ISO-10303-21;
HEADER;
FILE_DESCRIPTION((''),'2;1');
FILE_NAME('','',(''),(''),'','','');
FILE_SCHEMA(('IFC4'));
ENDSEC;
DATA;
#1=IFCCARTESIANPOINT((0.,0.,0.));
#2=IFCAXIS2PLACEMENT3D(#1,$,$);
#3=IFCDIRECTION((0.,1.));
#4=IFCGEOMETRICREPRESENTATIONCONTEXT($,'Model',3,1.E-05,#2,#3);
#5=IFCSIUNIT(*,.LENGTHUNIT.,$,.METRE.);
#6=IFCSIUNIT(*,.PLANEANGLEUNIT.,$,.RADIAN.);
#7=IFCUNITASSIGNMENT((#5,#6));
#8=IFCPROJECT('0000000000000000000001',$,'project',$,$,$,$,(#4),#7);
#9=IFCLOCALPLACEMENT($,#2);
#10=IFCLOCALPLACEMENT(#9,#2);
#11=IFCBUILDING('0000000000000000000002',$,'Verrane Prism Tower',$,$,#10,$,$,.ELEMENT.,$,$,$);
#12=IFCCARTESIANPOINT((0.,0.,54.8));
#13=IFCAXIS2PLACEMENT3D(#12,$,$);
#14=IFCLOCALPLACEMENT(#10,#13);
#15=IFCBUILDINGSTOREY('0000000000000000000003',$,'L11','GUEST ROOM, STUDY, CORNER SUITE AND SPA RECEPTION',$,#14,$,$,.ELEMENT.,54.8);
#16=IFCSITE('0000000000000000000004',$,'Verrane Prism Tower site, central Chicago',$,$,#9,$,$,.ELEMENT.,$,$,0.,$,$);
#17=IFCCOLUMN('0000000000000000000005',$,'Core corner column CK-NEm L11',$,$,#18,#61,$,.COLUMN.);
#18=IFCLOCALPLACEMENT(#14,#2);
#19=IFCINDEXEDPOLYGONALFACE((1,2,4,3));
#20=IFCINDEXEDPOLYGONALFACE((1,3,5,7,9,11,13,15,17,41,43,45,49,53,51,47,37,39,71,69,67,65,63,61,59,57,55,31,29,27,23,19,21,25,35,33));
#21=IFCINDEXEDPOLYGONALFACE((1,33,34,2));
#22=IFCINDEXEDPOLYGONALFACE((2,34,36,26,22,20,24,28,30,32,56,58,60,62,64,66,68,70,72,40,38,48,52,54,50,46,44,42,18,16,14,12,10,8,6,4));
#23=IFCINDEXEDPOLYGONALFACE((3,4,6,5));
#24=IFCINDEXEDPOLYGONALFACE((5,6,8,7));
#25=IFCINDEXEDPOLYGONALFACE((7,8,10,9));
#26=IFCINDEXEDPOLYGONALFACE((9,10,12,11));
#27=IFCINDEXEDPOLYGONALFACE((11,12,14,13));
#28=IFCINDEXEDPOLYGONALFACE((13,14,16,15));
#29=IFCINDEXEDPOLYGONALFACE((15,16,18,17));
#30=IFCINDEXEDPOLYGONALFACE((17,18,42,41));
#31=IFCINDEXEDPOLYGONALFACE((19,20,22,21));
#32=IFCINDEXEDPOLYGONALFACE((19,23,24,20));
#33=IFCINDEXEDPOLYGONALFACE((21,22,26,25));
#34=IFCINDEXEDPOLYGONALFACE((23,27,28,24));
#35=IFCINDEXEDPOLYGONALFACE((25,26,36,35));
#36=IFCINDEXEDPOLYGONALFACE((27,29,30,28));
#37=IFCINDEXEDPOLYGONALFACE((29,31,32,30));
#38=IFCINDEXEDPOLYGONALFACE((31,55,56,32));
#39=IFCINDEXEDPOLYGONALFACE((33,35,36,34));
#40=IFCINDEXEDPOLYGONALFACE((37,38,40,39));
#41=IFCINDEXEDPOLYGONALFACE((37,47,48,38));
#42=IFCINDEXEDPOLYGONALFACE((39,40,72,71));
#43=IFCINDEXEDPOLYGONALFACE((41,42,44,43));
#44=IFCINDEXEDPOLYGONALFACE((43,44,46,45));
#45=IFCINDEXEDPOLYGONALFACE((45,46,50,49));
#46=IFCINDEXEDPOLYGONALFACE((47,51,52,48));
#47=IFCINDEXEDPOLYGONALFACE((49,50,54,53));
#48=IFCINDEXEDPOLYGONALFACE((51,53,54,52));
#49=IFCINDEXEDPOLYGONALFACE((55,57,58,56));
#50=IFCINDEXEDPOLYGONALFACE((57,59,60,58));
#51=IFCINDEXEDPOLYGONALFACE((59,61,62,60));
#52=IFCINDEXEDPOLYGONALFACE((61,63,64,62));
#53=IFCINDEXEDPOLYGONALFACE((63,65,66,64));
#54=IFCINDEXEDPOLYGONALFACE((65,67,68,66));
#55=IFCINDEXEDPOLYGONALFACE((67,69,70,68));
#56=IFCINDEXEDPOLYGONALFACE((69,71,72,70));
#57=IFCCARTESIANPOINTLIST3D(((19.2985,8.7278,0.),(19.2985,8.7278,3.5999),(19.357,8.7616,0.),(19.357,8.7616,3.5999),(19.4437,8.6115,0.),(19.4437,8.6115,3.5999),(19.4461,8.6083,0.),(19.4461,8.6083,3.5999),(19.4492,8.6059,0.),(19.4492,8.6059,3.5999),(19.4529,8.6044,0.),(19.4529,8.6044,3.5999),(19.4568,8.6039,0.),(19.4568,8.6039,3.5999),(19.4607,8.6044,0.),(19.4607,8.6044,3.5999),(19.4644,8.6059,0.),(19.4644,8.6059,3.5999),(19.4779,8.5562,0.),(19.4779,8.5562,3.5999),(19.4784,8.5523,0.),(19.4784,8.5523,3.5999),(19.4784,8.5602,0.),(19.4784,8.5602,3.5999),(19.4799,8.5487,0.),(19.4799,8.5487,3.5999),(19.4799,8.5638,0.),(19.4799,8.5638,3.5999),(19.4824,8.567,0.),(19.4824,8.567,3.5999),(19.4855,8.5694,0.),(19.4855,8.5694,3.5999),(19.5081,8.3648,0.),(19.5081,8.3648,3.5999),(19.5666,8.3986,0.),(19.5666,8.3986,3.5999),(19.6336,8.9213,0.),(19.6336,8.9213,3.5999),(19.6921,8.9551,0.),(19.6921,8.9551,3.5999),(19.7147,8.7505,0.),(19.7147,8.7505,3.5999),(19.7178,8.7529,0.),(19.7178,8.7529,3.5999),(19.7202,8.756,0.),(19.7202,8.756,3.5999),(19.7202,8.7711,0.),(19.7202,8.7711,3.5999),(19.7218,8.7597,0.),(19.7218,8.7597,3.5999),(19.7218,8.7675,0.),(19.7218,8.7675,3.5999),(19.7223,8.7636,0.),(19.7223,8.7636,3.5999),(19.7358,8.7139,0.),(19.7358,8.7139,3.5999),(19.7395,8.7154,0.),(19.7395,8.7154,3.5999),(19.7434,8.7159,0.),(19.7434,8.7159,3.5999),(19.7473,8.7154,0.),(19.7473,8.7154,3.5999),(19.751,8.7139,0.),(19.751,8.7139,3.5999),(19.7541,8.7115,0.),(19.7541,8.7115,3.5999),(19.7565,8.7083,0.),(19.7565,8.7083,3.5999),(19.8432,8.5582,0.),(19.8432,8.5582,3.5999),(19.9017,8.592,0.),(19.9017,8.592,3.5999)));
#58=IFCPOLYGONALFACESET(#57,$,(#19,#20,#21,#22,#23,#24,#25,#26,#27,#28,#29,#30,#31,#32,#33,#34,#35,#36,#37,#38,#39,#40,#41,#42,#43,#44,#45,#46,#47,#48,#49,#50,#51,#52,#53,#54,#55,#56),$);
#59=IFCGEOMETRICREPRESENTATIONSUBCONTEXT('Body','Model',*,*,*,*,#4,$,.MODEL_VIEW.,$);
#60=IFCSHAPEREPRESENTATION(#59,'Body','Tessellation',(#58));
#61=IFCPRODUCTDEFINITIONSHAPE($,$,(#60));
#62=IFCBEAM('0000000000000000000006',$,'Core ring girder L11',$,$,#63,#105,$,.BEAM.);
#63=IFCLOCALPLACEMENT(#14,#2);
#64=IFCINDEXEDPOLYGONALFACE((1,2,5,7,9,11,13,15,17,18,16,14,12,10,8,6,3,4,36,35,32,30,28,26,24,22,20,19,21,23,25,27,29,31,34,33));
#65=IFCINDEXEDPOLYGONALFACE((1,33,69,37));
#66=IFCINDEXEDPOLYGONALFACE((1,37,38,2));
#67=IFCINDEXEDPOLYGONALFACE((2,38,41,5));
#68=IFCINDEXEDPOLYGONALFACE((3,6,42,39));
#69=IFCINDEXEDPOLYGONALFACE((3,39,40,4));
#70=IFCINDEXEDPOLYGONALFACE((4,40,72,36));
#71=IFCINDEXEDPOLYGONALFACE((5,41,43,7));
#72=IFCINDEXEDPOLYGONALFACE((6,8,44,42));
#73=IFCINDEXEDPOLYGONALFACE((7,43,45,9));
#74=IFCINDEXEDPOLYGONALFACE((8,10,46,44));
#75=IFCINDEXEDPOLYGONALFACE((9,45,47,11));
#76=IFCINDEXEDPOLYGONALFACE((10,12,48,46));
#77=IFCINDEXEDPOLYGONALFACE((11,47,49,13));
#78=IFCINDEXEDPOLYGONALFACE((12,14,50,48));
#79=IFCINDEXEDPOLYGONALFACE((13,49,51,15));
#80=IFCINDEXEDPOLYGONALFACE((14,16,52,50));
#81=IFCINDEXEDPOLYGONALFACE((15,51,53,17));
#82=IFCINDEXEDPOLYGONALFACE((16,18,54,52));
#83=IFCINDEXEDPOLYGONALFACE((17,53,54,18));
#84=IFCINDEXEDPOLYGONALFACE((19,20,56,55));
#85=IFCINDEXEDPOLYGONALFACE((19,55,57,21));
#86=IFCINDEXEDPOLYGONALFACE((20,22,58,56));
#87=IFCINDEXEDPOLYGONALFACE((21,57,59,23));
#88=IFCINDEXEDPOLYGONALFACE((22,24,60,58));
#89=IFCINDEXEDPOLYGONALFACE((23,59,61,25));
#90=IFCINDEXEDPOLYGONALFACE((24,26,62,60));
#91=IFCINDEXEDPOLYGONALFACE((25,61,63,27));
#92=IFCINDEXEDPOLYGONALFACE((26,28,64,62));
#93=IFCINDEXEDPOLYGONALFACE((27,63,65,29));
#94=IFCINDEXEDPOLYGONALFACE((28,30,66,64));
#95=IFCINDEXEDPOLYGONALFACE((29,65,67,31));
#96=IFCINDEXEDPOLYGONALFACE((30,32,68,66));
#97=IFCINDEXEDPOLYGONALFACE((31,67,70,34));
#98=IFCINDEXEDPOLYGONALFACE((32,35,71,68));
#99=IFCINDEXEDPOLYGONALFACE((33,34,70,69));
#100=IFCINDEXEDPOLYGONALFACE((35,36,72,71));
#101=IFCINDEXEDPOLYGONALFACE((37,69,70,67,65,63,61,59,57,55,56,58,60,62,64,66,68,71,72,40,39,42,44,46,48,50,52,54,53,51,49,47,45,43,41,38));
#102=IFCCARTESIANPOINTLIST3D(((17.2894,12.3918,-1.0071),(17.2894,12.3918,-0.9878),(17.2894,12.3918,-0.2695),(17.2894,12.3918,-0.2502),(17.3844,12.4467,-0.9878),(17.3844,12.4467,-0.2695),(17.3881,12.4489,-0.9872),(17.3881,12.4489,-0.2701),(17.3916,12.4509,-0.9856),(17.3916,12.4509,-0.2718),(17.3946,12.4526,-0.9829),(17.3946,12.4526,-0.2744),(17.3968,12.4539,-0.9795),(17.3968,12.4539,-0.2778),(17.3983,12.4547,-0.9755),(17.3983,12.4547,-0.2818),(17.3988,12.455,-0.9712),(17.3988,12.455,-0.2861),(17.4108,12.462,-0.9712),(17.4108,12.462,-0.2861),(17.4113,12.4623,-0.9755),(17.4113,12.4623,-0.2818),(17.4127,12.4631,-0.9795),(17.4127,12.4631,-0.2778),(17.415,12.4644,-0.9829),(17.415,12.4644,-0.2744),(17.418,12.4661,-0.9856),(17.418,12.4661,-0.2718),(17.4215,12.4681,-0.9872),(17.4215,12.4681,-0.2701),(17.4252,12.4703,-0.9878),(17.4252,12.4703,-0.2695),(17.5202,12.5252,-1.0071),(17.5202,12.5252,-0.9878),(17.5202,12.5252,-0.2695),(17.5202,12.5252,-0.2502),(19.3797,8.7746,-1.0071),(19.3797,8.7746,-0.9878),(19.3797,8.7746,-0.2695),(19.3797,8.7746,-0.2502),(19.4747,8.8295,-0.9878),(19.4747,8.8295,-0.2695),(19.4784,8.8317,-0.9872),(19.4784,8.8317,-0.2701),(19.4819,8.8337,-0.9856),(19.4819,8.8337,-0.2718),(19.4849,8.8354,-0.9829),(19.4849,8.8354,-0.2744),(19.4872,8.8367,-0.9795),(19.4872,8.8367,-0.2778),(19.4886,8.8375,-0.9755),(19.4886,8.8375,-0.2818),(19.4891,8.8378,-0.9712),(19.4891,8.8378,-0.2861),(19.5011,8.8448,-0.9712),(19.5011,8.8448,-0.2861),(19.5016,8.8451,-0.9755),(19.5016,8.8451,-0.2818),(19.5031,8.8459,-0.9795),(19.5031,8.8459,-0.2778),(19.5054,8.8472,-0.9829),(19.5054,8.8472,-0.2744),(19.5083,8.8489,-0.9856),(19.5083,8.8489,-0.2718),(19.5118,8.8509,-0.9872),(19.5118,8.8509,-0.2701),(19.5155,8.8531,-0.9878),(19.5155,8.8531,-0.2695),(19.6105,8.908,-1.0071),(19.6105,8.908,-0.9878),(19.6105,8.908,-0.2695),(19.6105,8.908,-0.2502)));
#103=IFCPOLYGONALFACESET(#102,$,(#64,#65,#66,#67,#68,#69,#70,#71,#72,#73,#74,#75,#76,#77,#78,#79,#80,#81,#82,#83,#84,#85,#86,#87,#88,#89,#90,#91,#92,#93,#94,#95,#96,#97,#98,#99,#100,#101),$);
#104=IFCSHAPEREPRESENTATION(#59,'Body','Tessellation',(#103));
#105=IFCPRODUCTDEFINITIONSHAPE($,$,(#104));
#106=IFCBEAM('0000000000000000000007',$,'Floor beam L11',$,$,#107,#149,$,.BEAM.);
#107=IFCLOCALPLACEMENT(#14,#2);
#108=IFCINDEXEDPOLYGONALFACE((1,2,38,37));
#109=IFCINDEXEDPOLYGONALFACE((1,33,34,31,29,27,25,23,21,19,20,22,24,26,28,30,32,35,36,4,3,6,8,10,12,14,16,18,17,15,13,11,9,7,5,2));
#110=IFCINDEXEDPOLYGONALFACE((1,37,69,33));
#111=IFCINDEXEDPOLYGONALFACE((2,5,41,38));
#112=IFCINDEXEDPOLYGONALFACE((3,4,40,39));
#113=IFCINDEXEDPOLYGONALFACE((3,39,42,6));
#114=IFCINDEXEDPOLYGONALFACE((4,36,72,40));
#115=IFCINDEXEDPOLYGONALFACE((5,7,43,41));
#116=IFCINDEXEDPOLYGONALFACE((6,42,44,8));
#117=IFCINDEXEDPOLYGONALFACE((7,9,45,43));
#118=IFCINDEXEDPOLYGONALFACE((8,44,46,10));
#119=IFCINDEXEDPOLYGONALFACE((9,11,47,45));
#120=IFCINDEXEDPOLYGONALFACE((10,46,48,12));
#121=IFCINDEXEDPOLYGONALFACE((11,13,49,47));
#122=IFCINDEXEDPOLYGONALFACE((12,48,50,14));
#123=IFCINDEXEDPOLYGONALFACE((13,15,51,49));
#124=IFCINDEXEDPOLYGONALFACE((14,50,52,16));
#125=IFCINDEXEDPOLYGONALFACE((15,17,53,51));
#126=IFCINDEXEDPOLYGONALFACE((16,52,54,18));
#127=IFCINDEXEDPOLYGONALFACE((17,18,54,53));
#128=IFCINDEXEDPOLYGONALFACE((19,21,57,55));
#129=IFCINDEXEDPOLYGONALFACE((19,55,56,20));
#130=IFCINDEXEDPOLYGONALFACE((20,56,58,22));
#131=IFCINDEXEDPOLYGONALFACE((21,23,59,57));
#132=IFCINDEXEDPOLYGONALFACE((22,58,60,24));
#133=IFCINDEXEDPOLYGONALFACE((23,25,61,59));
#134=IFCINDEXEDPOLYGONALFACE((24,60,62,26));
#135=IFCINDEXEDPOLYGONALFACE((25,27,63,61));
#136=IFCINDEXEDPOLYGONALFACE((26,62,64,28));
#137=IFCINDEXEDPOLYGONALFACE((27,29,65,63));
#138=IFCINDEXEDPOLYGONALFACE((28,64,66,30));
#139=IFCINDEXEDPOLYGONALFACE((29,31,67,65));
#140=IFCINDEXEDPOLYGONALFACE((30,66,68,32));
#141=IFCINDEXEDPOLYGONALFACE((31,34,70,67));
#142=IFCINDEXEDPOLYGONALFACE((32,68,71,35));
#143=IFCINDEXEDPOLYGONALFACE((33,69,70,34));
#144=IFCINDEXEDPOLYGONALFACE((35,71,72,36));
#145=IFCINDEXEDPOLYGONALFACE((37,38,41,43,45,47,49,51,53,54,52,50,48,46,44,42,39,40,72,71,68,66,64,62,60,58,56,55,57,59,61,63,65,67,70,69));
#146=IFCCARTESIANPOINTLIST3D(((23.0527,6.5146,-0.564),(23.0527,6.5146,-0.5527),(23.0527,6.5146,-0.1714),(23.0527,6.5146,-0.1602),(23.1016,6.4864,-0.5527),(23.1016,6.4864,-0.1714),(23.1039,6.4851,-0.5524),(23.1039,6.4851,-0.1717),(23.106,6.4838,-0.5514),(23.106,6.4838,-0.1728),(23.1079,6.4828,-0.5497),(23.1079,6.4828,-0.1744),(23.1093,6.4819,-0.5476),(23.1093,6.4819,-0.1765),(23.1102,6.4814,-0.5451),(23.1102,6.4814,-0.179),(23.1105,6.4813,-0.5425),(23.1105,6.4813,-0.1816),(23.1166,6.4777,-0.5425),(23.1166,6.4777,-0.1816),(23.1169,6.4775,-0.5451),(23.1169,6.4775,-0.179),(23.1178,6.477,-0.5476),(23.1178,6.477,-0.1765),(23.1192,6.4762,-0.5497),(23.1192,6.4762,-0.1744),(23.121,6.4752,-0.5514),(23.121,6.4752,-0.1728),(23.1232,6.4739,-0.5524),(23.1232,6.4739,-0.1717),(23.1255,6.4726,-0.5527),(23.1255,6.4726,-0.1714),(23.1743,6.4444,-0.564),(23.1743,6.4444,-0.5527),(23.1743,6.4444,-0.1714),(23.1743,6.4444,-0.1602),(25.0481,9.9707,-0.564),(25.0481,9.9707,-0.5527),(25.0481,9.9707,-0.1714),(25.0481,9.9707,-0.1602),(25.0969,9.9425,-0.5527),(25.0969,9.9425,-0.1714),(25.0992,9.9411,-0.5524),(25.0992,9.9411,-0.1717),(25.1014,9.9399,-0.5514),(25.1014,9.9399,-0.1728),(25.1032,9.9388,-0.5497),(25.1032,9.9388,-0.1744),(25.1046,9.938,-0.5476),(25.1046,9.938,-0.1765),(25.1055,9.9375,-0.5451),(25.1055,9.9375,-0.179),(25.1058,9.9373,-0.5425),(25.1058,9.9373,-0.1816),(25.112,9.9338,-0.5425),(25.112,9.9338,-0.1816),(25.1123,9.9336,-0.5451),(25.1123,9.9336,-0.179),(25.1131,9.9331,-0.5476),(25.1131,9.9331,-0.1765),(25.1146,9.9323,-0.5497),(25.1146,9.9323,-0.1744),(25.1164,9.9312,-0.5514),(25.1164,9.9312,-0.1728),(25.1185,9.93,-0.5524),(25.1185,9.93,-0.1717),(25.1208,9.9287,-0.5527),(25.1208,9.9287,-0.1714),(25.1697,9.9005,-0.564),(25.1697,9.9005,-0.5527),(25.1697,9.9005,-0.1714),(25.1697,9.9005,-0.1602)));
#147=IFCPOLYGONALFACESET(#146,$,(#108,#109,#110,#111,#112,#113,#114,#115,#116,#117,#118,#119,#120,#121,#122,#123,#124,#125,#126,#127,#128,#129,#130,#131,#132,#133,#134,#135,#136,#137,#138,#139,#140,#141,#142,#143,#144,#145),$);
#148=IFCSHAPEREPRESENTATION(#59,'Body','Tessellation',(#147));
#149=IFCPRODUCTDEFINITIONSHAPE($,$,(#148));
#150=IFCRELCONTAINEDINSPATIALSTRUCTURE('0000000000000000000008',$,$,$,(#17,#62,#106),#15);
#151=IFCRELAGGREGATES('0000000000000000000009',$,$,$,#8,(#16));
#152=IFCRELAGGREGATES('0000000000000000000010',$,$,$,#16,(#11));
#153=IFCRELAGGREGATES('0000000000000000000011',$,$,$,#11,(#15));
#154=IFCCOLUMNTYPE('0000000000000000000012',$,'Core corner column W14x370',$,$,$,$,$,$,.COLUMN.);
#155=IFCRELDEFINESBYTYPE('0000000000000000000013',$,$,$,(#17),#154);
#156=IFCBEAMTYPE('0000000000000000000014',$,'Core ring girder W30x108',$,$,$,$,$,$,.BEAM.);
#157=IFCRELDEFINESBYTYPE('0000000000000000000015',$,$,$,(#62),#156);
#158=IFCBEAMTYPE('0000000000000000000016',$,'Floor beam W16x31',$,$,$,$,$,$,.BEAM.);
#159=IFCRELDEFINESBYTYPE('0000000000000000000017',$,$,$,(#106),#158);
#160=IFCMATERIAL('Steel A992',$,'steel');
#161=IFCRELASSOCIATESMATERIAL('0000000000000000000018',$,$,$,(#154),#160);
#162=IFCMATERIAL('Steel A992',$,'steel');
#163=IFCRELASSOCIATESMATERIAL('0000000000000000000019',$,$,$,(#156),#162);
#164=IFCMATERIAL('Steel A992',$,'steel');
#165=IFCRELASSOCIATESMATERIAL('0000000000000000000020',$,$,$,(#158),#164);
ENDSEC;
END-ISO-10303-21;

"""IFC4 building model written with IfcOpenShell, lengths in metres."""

from ifc_helpers import new_model, si_unit, direction, frame, origin, origin_2d, place, context, subcontext, project, spatial, i_section, extrude, material, material_profile, profile_set, type_object, element, save


model = new_model("IFC4")

# Units and contexts
model_context = context("Model", 3, precision=1e-05, world=origin(), true_north=direction((0.0, 1.0)))
body_context = subcontext(model_context, "Body", "Model", "MODEL_VIEW")
ifc_project = project(units=[si_unit("LENGTHUNIT", "METRE"), si_unit("PLANEANGLEUNIT", "RADIAN")], contexts=[model_context])

# Site, building, storey
site_placement = place(None, origin())
site = spatial("IfcSite", under=ifc_project, at=site_placement, Name="Verrane Prism Tower site, central Chicago", CompositionType="ELEMENT", RefElevation=0.0)
building_placement = place(site_placement, origin())
building = spatial("IfcBuilding", under=site, at=building_placement, Name="Verrane Prism Tower", CompositionType="ELEMENT")
storey_placement = place(building_placement, frame((0.0, 0.0, 54.8)))
storey = spatial("IfcBuildingStorey", under=building, at=storey_placement, Name="L11", Description="GUEST ROOM, STUDY, CORNER SUITE AND SPA RECEPTION", CompositionType="ELEMENT", Elevation=54.8)

# Column
ifc_material_1 = material(Name="Steel A992", Category="steel")
ifc_material_profile_1 = material_profile(ifc_material_1, i_section(OverallWidth=0.4192, OverallDepth=0.4546, WebThickness=0.0422, FlangeThickness=0.0676, FilletRadius=0.0151, at=origin_2d()), Name="W14x370")
ifc_profile_set_1 = profile_set([ifc_material_profile_1], Name="Steel A992")
column_type = type_object("IfcColumnType", Name="Core corner column W14x370", PredefinedType="COLUMN", material=ifc_profile_set_1)
column_placement = place(storey_placement, frame((19.6001, 8.6599, 0.0), z_axis=(0.0, 0.0, 1.0), x_axis=(0.5, -0.866025, 0.0)))
element("IfcColumn", 1, at=column_placement, inside=storey, type_object=column_type, Name="Core corner column CK-NEm L11", PredefinedType="COLUMN", context=body_context, shape_type="SweptSolid", body=[
    extrude(i_section(OverallWidth=0.4192, OverallDepth=0.4546, WebThickness=0.0422, FlangeThickness=0.0676, FilletRadius=0.0151, at=origin_2d()), origin(), (0.0, 0.0, 1.0), 3.5999),
])

# Beams
ifc_material_2 = material(Name="Steel A992", Category="steel")
ifc_material_profile_2 = material_profile(ifc_material_2, i_section(OverallWidth=0.2666, OverallDepth=0.7568, WebThickness=0.0139, FlangeThickness=0.0193, FilletRadius=0.0166, at=origin_2d()), Name="W30x108")
ifc_profile_set_2 = profile_set([ifc_material_profile_2], Name="Steel A992")
beam_type_1 = type_object("IfcBeamType", Name="Core ring girder W30x108", PredefinedType="BEAM", material=ifc_profile_set_2)
beam_1_placement = place(storey_placement, frame((19.4951, 8.8413, -0.6287), z_axis=(-0.50035, 0.865823, 0.0), x_axis=(-0.865823, -0.50035, 0.0)))
element("IfcBeam", 2, at=beam_1_placement, inside=storey, type_object=beam_type_1, Name="Core ring girder L11", PredefinedType="BEAM", context=body_context, shape_type="SweptSolid", body=[
    extrude(i_section(OverallWidth=0.2666, OverallDepth=0.7568, WebThickness=0.0139, FlangeThickness=0.0193, FilletRadius=0.0166, at=origin_2d()), origin(), (0.0, 0.0, 1.0), 4.1777),
])
ifc_material_3 = material(Name="Steel A992", Category="steel")
ifc_material_profile_3 = material_profile(ifc_material_3, i_section(OverallWidth=0.1404, OverallDepth=0.4038, WebThickness=0.0071, FlangeThickness=0.0112, FilletRadius=0.0103, at=origin_2d()), Name="W16x31")
ifc_profile_set_3 = profile_set([ifc_material_profile_3], Name="Steel A992")
beam_type_2 = type_object("IfcBeamType", Name="Floor beam W16x31", PredefinedType="BEAM", material=ifc_profile_set_3)
beam_2_placement = place(storey_placement, frame((23.1135, 6.4795, -0.3621), z_axis=(0.500001, 0.866025, 0.0), x_axis=(-0.866025, 0.500001, 0.0)))
element("IfcBeam", 3, at=beam_2_placement, inside=storey, type_object=beam_type_2, Name="Floor beam L11", PredefinedType="BEAM", context=body_context, shape_type="SweptSolid", body=[
    extrude(i_section(OverallWidth=0.1404, OverallDepth=0.4038, WebThickness=0.0071, FlangeThickness=0.0112, FilletRadius=0.0103, at=origin_2d()), origin(), (0.0, 0.0, 1.0), 3.9907),
])

save(model, "model.ifc")
